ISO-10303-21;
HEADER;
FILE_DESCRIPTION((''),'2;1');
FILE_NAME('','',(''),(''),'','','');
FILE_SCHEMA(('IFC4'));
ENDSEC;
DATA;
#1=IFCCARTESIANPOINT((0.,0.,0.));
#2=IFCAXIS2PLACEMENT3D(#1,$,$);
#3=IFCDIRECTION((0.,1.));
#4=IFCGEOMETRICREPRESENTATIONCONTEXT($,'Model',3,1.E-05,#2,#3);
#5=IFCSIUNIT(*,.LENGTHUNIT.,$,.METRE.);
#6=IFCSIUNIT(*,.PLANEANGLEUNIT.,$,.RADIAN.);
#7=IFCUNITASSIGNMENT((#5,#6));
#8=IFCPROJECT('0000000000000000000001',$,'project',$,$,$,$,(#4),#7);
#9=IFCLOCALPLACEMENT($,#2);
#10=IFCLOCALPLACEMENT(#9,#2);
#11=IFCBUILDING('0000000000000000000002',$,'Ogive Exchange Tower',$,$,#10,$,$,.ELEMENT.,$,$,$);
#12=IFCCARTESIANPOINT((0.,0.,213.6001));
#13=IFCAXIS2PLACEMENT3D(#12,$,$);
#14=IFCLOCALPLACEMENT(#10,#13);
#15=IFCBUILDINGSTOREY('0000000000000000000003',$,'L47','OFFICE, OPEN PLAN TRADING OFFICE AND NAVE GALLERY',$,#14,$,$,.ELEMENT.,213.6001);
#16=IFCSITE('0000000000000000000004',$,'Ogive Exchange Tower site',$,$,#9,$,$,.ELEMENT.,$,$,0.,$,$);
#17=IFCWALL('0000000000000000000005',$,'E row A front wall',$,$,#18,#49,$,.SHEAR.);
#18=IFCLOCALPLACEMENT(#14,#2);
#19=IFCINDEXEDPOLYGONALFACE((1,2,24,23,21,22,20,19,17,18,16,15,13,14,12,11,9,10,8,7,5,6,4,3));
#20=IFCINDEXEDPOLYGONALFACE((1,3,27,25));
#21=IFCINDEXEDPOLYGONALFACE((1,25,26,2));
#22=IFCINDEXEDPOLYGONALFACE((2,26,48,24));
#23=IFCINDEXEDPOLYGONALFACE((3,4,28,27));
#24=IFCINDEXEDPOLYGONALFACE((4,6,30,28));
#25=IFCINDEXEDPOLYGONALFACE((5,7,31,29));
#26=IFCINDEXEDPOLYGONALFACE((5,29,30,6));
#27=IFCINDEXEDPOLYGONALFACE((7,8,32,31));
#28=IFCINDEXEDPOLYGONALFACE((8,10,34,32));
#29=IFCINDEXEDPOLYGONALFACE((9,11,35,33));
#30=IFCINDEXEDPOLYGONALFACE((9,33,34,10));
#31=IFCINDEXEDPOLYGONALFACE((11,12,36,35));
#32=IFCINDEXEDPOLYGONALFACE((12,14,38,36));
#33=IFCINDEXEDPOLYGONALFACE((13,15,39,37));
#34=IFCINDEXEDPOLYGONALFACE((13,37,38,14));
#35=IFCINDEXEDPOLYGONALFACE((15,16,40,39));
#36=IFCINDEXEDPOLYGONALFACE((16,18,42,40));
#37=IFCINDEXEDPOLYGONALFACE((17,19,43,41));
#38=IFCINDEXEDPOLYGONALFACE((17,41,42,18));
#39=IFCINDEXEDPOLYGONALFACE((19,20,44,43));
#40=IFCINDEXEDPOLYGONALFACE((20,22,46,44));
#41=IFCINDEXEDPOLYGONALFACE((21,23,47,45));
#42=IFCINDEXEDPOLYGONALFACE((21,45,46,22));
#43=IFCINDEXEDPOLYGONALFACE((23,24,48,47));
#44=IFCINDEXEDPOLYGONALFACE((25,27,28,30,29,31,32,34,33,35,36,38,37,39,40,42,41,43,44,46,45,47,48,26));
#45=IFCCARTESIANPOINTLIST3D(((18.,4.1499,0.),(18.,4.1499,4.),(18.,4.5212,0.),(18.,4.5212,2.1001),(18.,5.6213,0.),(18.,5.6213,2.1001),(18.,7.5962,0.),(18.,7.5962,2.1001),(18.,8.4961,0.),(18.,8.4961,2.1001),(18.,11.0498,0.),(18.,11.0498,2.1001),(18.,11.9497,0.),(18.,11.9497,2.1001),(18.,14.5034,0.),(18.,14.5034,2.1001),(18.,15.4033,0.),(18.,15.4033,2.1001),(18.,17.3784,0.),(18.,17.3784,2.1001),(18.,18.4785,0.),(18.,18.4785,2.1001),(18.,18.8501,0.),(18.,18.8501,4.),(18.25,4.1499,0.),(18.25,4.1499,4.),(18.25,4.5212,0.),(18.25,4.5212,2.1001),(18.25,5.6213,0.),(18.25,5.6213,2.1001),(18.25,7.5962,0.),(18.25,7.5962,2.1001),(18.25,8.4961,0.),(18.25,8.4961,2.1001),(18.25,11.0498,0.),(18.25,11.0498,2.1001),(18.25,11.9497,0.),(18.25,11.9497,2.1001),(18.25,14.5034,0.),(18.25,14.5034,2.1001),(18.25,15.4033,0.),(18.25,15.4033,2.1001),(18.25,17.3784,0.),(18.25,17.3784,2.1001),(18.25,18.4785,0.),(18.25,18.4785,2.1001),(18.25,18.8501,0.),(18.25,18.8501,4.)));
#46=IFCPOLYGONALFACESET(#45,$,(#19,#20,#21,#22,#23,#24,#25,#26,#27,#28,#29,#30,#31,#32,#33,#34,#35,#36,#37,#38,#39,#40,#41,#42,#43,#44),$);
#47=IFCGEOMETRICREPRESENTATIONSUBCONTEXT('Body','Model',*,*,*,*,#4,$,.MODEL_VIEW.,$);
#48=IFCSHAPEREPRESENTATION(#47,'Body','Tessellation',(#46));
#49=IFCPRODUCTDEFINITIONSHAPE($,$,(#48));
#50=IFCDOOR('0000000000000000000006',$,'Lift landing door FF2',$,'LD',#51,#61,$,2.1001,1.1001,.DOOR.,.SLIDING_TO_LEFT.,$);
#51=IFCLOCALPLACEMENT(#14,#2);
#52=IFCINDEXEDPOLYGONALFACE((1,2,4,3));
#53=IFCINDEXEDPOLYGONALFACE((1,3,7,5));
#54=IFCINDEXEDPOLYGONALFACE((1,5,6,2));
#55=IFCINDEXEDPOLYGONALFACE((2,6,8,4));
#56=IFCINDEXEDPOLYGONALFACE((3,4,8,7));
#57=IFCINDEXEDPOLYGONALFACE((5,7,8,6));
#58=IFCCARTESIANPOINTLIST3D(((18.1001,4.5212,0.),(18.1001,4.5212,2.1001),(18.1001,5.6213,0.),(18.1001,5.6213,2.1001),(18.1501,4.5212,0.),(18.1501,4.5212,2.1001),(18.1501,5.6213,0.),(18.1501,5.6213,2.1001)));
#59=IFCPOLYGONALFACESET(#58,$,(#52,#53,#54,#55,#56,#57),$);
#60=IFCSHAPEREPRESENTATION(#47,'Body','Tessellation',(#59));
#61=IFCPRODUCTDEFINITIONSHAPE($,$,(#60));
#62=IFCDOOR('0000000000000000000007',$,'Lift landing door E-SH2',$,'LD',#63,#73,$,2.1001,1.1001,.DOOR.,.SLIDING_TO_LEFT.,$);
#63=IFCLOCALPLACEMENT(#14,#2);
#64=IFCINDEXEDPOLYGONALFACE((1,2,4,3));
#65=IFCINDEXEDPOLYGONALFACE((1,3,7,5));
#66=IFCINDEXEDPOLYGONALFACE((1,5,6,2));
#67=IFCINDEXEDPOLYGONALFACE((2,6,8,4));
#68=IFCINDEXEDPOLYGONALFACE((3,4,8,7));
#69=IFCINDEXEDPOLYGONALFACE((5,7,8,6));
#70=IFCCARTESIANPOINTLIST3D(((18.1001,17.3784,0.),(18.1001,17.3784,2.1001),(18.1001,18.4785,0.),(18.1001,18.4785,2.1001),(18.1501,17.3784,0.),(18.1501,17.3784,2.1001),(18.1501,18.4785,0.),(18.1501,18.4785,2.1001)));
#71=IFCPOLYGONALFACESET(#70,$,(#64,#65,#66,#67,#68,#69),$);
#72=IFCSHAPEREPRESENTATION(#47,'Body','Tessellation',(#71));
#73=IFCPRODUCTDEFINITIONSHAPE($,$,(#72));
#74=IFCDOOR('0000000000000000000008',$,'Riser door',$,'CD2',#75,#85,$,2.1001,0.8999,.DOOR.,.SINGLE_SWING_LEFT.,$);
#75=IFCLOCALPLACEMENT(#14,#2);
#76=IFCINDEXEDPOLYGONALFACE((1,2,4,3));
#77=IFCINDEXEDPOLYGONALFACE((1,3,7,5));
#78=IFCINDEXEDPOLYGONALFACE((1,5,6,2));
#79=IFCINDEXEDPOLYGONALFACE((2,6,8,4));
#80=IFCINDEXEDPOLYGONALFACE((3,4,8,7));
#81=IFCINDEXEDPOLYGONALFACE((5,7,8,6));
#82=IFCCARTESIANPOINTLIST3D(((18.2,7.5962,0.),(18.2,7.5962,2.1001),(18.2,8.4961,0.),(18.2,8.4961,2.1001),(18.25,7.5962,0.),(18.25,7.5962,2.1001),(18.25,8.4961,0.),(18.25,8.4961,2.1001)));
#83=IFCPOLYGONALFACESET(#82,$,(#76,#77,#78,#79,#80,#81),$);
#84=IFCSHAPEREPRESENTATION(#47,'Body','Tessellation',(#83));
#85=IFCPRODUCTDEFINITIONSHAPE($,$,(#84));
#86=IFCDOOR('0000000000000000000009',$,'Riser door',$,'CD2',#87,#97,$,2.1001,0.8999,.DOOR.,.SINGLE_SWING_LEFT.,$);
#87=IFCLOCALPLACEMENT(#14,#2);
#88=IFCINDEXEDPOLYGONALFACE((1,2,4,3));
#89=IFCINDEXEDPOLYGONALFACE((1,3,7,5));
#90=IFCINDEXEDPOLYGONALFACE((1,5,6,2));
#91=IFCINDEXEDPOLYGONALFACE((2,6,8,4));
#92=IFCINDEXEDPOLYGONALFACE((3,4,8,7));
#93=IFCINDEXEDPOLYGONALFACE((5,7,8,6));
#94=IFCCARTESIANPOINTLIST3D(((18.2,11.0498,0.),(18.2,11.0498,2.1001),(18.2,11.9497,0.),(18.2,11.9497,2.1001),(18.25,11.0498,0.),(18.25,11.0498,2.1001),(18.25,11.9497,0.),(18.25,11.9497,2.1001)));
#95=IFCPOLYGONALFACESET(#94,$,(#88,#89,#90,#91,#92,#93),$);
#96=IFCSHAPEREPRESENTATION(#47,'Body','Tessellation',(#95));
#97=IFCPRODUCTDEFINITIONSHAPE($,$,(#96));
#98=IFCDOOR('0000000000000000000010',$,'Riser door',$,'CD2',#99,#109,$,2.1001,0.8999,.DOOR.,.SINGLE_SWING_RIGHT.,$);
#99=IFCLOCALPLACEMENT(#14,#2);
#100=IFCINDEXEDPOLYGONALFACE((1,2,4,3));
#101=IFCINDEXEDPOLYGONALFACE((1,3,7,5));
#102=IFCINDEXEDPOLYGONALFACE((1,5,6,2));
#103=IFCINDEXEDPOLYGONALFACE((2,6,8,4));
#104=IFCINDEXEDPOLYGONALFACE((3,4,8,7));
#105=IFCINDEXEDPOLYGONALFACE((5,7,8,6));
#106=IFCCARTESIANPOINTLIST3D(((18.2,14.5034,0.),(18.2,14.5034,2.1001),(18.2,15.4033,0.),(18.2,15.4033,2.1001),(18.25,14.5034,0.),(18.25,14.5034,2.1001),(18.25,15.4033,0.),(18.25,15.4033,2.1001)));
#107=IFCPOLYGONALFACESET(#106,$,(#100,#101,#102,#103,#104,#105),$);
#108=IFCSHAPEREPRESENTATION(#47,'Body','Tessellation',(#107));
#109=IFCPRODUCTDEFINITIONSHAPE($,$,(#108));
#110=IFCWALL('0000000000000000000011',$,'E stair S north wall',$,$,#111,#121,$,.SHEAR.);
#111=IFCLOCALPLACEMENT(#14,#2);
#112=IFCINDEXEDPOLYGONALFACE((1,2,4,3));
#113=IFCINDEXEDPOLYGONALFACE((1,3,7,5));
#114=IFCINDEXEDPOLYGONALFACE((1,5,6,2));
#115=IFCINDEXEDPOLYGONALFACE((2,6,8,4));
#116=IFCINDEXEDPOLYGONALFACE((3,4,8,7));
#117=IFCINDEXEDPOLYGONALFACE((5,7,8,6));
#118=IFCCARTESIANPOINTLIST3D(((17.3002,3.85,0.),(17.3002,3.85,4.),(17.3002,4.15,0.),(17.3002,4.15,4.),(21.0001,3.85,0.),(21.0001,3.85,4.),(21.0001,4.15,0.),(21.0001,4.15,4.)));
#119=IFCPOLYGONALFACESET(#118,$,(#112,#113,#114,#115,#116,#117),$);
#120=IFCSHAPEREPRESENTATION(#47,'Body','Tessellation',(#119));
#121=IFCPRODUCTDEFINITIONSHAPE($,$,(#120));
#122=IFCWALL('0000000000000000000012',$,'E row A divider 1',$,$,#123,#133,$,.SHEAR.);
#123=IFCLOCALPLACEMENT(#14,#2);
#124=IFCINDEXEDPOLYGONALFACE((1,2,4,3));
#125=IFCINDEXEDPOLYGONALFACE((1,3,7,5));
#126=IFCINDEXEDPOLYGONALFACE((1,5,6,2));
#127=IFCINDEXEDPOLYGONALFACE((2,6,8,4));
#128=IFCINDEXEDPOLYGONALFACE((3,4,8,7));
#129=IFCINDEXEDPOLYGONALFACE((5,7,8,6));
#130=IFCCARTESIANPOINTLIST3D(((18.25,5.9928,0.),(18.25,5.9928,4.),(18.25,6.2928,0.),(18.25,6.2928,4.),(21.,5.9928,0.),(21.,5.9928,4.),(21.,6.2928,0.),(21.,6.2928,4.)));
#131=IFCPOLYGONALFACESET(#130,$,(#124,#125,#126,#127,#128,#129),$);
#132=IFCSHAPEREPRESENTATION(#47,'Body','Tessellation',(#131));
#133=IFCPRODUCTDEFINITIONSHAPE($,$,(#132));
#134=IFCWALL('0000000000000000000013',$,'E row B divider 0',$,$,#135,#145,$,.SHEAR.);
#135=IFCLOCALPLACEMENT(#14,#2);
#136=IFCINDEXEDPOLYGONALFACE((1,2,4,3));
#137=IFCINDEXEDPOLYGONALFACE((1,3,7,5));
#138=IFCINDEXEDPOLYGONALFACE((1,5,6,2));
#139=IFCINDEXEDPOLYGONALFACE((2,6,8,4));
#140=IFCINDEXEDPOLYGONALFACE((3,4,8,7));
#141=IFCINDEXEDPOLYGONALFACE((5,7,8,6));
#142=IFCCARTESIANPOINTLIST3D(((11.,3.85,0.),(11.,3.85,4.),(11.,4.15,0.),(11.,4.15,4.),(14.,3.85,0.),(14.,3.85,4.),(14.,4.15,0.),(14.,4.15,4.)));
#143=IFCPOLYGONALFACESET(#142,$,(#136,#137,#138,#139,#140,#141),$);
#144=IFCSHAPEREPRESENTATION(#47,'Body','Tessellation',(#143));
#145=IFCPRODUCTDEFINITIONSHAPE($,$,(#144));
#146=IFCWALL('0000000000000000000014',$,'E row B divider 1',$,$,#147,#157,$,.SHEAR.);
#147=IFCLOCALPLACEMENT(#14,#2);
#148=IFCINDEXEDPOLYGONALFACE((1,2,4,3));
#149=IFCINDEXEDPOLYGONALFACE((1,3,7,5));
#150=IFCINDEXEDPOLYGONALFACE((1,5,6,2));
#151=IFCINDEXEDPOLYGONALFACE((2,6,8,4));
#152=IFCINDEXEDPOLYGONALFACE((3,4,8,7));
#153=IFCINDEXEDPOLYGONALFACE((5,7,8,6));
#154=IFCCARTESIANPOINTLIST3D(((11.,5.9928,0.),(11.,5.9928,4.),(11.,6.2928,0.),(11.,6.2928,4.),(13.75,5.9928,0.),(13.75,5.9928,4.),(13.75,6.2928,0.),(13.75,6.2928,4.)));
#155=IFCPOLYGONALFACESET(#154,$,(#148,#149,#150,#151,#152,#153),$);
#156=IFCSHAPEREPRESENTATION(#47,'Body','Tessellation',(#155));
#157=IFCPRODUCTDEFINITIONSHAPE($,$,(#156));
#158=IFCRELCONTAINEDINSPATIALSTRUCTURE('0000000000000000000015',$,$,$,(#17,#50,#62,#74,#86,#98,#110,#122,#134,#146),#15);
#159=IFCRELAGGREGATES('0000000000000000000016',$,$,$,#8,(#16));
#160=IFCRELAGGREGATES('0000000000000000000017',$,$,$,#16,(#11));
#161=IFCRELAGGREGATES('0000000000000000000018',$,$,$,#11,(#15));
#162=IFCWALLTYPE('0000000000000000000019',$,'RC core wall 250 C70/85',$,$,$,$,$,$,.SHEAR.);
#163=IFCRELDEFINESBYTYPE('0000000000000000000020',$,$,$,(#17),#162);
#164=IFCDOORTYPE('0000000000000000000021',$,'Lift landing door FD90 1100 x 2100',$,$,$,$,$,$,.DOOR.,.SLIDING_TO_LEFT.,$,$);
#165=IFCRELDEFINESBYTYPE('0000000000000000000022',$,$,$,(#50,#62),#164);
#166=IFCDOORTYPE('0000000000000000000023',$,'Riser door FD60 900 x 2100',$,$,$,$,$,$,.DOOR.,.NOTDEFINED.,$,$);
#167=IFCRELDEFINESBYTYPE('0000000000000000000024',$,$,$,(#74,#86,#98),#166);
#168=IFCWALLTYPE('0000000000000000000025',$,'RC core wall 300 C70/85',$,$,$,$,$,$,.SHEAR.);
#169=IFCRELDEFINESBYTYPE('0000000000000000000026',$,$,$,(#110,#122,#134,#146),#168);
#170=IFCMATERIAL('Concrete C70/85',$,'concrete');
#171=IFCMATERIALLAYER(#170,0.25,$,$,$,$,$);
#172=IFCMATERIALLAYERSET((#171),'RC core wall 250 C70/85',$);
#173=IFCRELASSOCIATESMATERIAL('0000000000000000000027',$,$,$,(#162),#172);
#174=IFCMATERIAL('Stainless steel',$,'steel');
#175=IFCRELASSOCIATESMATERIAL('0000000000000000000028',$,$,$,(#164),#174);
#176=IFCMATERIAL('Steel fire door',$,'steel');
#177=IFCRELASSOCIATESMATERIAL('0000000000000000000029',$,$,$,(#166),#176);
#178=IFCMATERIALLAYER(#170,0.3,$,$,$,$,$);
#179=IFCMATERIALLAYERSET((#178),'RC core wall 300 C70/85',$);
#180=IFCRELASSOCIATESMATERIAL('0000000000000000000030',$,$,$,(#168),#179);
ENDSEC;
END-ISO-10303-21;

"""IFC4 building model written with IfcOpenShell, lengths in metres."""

from ifc_helpers import new_model, si_unit, direction, frame, frame_2d, origin, place, context, subcontext, project, spatial, rectangle, extrude, material, layer, layer_set, type_object, element, fill, save


model = new_model("IFC4")

# Units and contexts
model_context = context("Model", 3, precision=1e-05, world=origin(), true_north=direction((0.0, 1.0)))
body_context = subcontext(model_context, "Body", "Model", "MODEL_VIEW")
ifc_project = project(units=[si_unit("LENGTHUNIT", "METRE"), si_unit("PLANEANGLEUNIT", "RADIAN")], contexts=[model_context])

# Site, building, storey
site_placement = place(None, origin())
site = spatial("IfcSite", under=ifc_project, at=site_placement, Name="Ogive Exchange Tower site", CompositionType="ELEMENT", RefElevation=0.0)
building_placement = place(site_placement, origin())
building = spatial("IfcBuilding", under=site, at=building_placement, Name="Ogive Exchange Tower", CompositionType="ELEMENT")
storey_placement = place(building_placement, frame((0.0, 0.0, 213.6001)))
storey = spatial("IfcBuildingStorey", under=building, at=storey_placement, Name="L47", Description="OFFICE, OPEN PLAN TRADING OFFICE AND NAVE GALLERY", CompositionType="ELEMENT", Elevation=213.6001)

# Shared definitions
ifc_material_1 = material(Name="Concrete C70/85", Category="concrete")

# Shared definitions
ifc_material_2 = material(Name="Steel fire door", Category="steel")
ifc_layer_1 = layer(ifc_material_1, 0.25)
ifc_layer_set_1 = layer_set([ifc_layer_1], Name="RC core wall 250 C70/85")
wall_type_1 = type_object("IfcWallType", Name="RC core wall 250 C70/85", PredefinedType="SHEAR", material=ifc_layer_set_1)

# Wall, openings, doors
wall_1_placement = place(storey_placement, frame((18.125, 4.1499, 0.0), z_axis=(0.0, 0.0, 1.0), x_axis=(0.0, 1.0, 0.0)))
wall_1 = element("IfcWall", 1, at=wall_1_placement, inside=storey, type_object=wall_type_1, Name="E row A front wall", PredefinedType="SHEAR", context=body_context, shape_type="SweptSolid", body=[
    extrude(rectangle(XDim=14.7002, YDim=0.25, at=frame_2d((7.3501, 0.0))), origin(), (0.0, 0.0, 1.0), 4.0),
])
opening_1_placement = place(wall_1_placement, frame((3.4463, 0.0, 0.0)))
opening_1 = element("IfcOpeningElement", 2, at=opening_1_placement, cuts=wall_1, PredefinedType="OPENING", context=body_context, shape_type="SweptSolid", body=[
    extrude(rectangle(XDim=0.8999, YDim=2.1001, at=frame_2d((0.45, 1.05))), frame((0.0, 0.135, 0.0), z_axis=(0.0, -1.0, 0.0), x_axis=(1.0, 0.0, 0.0)), (0.0, 0.0, 1.0), 0.27),
])
opening_2_placement = place(wall_1_placement, frame((6.8999, 0.0, 0.0)))
opening_2 = element("IfcOpeningElement", 3, at=opening_2_placement, cuts=wall_1, PredefinedType="OPENING", context=body_context, shape_type="SweptSolid", body=[
    extrude(rectangle(XDim=0.8999, YDim=2.1001, at=frame_2d((0.45, 1.05))), frame((0.0, 0.135, 0.0), z_axis=(0.0, -1.0, 0.0), x_axis=(1.0, 0.0, 0.0)), (0.0, 0.0, 1.0), 0.27),
])
opening_3_placement = place(wall_1_placement, frame((10.3535, 0.0, 0.0)))
opening_3 = element("IfcOpeningElement", 4, at=opening_3_placement, cuts=wall_1, PredefinedType="OPENING", context=body_context, shape_type="SweptSolid", body=[
    extrude(rectangle(XDim=0.8999, YDim=2.1001, at=frame_2d((0.45, 1.05))), frame((0.0, 0.135, 0.0), z_axis=(0.0, -1.0, 0.0), x_axis=(1.0, 0.0, 0.0)), (0.0, 0.0, 1.0), 0.27),
])
opening_4_placement = place(wall_1_placement, frame((0.3713, 0.0, 0.0)))
opening_4 = element("IfcOpeningElement", 5, at=opening_4_placement, cuts=wall_1, PredefinedType="OPENING", context=body_context, shape_type="SweptSolid", body=[
    extrude(rectangle(XDim=1.1001, YDim=2.1001, at=frame_2d((0.55, 1.05))), frame((0.0, 0.135, 0.0), z_axis=(0.0, -1.0, 0.0), x_axis=(1.0, 0.0, 0.0)), (0.0, 0.0, 1.0), 0.27),
])
opening_5_placement = place(wall_1_placement, frame((13.2285, 0.0, 0.0)))
opening_5 = element("IfcOpeningElement", 6, at=opening_5_placement, cuts=wall_1, PredefinedType="OPENING", context=body_context, shape_type="SweptSolid", body=[
    extrude(rectangle(XDim=1.1001, YDim=2.1001, at=frame_2d((0.55, 1.05))), frame((0.0, 0.135, 0.0), z_axis=(0.0, -1.0, 0.0), x_axis=(1.0, 0.0, 0.0)), (0.0, 0.0, 1.0), 0.27),
])
ifc_material_3 = material(Name="Stainless steel", Category="steel")
door_type_1 = type_object("IfcDoorType", Name="Lift landing door FD90 1100 x 2100", OperationType="SLIDING_TO_LEFT", PredefinedType="DOOR", material=ifc_material_3)
door_1_placement = place(opening_4_placement, origin())
door_1 = element("IfcDoor", 7, at=door_1_placement, inside=storey, type_object=door_type_1, Name="Lift landing door FF2", ObjectType="LD", OperationType="SLIDING_TO_LEFT", OverallHeight=2.1001, OverallWidth=1.1001, PredefinedType="DOOR", context=body_context, shape_type="SweptSolid", body=[
    extrude(rectangle(XDim=1.1001, YDim=2.1001, at=frame_2d((0.55, 1.05))), frame((0.0, 0.0249, 0.0), z_axis=(0.0, -1.0, 0.0), x_axis=(1.0, 0.0, 0.0)), (0.0, 0.0, 1.0), 0.05),
])
fill(opening_4, door_1)
door_2_placement = place(opening_5_placement, origin())
door_2 = element("IfcDoor", 8, at=door_2_placement, inside=storey, type_object=door_type_1, Name="Lift landing door E-SH2", ObjectType="LD", OperationType="SLIDING_TO_LEFT", OverallHeight=2.1001, OverallWidth=1.1001, PredefinedType="DOOR", context=body_context, shape_type="SweptSolid", body=[
    extrude(rectangle(XDim=1.1001, YDim=2.1001, at=frame_2d((0.55, 1.05))), frame((0.0, 0.0249, 0.0), z_axis=(0.0, -1.0, 0.0), x_axis=(1.0, 0.0, 0.0)), (0.0, 0.0, 1.0), 0.05),
])
fill(opening_5, door_2)
door_type_2 = type_object("IfcDoorType", Name="Riser door FD60 900 x 2100", OperationType="NOTDEFINED", PredefinedType="DOOR", material=ifc_material_2)
door_3_placement = place(opening_1_placement, frame((0.8999, -0.2002, 0.0), z_axis=(0.0, 0.0, 1.0), x_axis=(-1.0, 0.0, 0.0)))
door_3 = element("IfcDoor", 9, at=door_3_placement, inside=storey, type_object=door_type_2, Name="Riser door", ObjectType="CD2", OperationType="SINGLE_SWING_LEFT", OverallHeight=2.1001, OverallWidth=0.8999, PredefinedType="DOOR", context=body_context, shape_type="SweptSolid", body=[
    extrude(rectangle(XDim=0.8999, YDim=2.1001, at=frame_2d((0.45, 1.05))), frame((0.0, -0.0752, 0.0), z_axis=(0.0, -1.0, 0.0), x_axis=(1.0, 0.0, 0.0)), (0.0, 0.0, 1.0), 0.05),
])
fill(opening_1, door_3)
door_4_placement = place(opening_2_placement, frame((0.8999, -0.2002, 0.0), z_axis=(0.0, 0.0, 1.0), x_axis=(-1.0, 0.0, 0.0)))
door_4 = element("IfcDoor", 10, at=door_4_placement, inside=storey, type_object=door_type_2, Name="Riser door", ObjectType="CD2", OperationType="SINGLE_SWING_LEFT", OverallHeight=2.1001, OverallWidth=0.8999, PredefinedType="DOOR", context=body_context, shape_type="SweptSolid", body=[
    extrude(rectangle(XDim=0.8999, YDim=2.1001, at=frame_2d((0.45, 1.05))), frame((0.0, -0.0752, 0.0), z_axis=(0.0, -1.0, 0.0), x_axis=(1.0, 0.0, 0.0)), (0.0, 0.0, 1.0), 0.05),
])
fill(opening_2, door_4)
door_5_placement = place(opening_3_placement, frame((0.8999, -0.2002, 0.0), z_axis=(0.0, 0.0, 1.0), x_axis=(-1.0, 0.0, 0.0)))
door_5 = element("IfcDoor", 11, at=door_5_placement, inside=storey, type_object=door_type_2, Name="Riser door", ObjectType="CD2", OperationType="SINGLE_SWING_RIGHT", OverallHeight=2.1001, OverallWidth=0.8999, PredefinedType="DOOR", context=body_context, shape_type="SweptSolid", body=[
    extrude(rectangle(XDim=0.8999, YDim=2.1001, at=frame_2d((0.45, 1.05))), frame((0.0, -0.0752, 0.0), z_axis=(0.0, -1.0, 0.0), x_axis=(1.0, 0.0, 0.0)), (0.0, 0.0, 1.0), 0.05),
])
fill(opening_3, door_5)

# Walls
ifc_layer_2 = layer(ifc_material_1, 0.3)
ifc_layer_set_2 = layer_set([ifc_layer_2], Name="RC core wall 300 C70/85")
wall_type_2 = type_object("IfcWallType", Name="RC core wall 300 C70/85", PredefinedType="SHEAR", material=ifc_layer_set_2)
wall_2_placement = place(storey_placement, frame((17.3, 4.0, 0.0), z_axis=(0.0, 0.0, 1.0), x_axis=(1.0, 0.0, 0.0)))
element("IfcWall", 12, at=wall_2_placement, inside=storey, type_object=wall_type_2, Name="E stair S north wall", PredefinedType="SHEAR", context=body_context, shape_type="SweptSolid", body=[
    extrude(rectangle(XDim=3.7, YDim=0.3, at=frame_2d((1.8501, 0.0))), origin(), (0.0, 0.0, 1.0), 4.0),
])
wall_3_placement = place(storey_placement, frame((18.25, 6.1428, 0.0), z_axis=(0.0, 0.0, 1.0), x_axis=(1.0, 0.0, 0.0)))
element("IfcWall", 13, at=wall_3_placement, inside=storey, type_object=wall_type_2, Name="E row A divider 1", PredefinedType="SHEAR", context=body_context, shape_type="SweptSolid", body=[
    extrude(rectangle(XDim=2.75, YDim=0.3, at=frame_2d((1.375, 0.0))), origin(), (0.0, 0.0, 1.0), 4.0),
])
wall_4_placement = place(storey_placement, frame((11.0, 4.0, 0.0), z_axis=(0.0, 0.0, 1.0), x_axis=(1.0, 0.0, 0.0)))
element("IfcWall", 14, at=wall_4_placement, inside=storey, type_object=wall_type_2, Name="E row B divider 0", PredefinedType="SHEAR", context=body_context, shape_type="SweptSolid", body=[
    extrude(rectangle(XDim=3.0, YDim=0.3, at=frame_2d((1.5, 0.0))), origin(), (0.0, 0.0, 1.0), 4.0),
])
wall_5_placement = place(storey_placement, frame((11.0, 6.1428, 0.0), z_axis=(0.0, 0.0, 1.0), x_axis=(1.0, 0.0, 0.0)))
element("IfcWall", 15, at=wall_5_placement, inside=storey, type_object=wall_type_2, Name="E row B divider 1", PredefinedType="SHEAR", context=body_context, shape_type="SweptSolid", body=[
    extrude(rectangle(XDim=2.75, YDim=0.3, at=frame_2d((1.375, 0.0))), origin(), (0.0, 0.0, 1.0), 4.0),
])

save(model, "model.ifc")
